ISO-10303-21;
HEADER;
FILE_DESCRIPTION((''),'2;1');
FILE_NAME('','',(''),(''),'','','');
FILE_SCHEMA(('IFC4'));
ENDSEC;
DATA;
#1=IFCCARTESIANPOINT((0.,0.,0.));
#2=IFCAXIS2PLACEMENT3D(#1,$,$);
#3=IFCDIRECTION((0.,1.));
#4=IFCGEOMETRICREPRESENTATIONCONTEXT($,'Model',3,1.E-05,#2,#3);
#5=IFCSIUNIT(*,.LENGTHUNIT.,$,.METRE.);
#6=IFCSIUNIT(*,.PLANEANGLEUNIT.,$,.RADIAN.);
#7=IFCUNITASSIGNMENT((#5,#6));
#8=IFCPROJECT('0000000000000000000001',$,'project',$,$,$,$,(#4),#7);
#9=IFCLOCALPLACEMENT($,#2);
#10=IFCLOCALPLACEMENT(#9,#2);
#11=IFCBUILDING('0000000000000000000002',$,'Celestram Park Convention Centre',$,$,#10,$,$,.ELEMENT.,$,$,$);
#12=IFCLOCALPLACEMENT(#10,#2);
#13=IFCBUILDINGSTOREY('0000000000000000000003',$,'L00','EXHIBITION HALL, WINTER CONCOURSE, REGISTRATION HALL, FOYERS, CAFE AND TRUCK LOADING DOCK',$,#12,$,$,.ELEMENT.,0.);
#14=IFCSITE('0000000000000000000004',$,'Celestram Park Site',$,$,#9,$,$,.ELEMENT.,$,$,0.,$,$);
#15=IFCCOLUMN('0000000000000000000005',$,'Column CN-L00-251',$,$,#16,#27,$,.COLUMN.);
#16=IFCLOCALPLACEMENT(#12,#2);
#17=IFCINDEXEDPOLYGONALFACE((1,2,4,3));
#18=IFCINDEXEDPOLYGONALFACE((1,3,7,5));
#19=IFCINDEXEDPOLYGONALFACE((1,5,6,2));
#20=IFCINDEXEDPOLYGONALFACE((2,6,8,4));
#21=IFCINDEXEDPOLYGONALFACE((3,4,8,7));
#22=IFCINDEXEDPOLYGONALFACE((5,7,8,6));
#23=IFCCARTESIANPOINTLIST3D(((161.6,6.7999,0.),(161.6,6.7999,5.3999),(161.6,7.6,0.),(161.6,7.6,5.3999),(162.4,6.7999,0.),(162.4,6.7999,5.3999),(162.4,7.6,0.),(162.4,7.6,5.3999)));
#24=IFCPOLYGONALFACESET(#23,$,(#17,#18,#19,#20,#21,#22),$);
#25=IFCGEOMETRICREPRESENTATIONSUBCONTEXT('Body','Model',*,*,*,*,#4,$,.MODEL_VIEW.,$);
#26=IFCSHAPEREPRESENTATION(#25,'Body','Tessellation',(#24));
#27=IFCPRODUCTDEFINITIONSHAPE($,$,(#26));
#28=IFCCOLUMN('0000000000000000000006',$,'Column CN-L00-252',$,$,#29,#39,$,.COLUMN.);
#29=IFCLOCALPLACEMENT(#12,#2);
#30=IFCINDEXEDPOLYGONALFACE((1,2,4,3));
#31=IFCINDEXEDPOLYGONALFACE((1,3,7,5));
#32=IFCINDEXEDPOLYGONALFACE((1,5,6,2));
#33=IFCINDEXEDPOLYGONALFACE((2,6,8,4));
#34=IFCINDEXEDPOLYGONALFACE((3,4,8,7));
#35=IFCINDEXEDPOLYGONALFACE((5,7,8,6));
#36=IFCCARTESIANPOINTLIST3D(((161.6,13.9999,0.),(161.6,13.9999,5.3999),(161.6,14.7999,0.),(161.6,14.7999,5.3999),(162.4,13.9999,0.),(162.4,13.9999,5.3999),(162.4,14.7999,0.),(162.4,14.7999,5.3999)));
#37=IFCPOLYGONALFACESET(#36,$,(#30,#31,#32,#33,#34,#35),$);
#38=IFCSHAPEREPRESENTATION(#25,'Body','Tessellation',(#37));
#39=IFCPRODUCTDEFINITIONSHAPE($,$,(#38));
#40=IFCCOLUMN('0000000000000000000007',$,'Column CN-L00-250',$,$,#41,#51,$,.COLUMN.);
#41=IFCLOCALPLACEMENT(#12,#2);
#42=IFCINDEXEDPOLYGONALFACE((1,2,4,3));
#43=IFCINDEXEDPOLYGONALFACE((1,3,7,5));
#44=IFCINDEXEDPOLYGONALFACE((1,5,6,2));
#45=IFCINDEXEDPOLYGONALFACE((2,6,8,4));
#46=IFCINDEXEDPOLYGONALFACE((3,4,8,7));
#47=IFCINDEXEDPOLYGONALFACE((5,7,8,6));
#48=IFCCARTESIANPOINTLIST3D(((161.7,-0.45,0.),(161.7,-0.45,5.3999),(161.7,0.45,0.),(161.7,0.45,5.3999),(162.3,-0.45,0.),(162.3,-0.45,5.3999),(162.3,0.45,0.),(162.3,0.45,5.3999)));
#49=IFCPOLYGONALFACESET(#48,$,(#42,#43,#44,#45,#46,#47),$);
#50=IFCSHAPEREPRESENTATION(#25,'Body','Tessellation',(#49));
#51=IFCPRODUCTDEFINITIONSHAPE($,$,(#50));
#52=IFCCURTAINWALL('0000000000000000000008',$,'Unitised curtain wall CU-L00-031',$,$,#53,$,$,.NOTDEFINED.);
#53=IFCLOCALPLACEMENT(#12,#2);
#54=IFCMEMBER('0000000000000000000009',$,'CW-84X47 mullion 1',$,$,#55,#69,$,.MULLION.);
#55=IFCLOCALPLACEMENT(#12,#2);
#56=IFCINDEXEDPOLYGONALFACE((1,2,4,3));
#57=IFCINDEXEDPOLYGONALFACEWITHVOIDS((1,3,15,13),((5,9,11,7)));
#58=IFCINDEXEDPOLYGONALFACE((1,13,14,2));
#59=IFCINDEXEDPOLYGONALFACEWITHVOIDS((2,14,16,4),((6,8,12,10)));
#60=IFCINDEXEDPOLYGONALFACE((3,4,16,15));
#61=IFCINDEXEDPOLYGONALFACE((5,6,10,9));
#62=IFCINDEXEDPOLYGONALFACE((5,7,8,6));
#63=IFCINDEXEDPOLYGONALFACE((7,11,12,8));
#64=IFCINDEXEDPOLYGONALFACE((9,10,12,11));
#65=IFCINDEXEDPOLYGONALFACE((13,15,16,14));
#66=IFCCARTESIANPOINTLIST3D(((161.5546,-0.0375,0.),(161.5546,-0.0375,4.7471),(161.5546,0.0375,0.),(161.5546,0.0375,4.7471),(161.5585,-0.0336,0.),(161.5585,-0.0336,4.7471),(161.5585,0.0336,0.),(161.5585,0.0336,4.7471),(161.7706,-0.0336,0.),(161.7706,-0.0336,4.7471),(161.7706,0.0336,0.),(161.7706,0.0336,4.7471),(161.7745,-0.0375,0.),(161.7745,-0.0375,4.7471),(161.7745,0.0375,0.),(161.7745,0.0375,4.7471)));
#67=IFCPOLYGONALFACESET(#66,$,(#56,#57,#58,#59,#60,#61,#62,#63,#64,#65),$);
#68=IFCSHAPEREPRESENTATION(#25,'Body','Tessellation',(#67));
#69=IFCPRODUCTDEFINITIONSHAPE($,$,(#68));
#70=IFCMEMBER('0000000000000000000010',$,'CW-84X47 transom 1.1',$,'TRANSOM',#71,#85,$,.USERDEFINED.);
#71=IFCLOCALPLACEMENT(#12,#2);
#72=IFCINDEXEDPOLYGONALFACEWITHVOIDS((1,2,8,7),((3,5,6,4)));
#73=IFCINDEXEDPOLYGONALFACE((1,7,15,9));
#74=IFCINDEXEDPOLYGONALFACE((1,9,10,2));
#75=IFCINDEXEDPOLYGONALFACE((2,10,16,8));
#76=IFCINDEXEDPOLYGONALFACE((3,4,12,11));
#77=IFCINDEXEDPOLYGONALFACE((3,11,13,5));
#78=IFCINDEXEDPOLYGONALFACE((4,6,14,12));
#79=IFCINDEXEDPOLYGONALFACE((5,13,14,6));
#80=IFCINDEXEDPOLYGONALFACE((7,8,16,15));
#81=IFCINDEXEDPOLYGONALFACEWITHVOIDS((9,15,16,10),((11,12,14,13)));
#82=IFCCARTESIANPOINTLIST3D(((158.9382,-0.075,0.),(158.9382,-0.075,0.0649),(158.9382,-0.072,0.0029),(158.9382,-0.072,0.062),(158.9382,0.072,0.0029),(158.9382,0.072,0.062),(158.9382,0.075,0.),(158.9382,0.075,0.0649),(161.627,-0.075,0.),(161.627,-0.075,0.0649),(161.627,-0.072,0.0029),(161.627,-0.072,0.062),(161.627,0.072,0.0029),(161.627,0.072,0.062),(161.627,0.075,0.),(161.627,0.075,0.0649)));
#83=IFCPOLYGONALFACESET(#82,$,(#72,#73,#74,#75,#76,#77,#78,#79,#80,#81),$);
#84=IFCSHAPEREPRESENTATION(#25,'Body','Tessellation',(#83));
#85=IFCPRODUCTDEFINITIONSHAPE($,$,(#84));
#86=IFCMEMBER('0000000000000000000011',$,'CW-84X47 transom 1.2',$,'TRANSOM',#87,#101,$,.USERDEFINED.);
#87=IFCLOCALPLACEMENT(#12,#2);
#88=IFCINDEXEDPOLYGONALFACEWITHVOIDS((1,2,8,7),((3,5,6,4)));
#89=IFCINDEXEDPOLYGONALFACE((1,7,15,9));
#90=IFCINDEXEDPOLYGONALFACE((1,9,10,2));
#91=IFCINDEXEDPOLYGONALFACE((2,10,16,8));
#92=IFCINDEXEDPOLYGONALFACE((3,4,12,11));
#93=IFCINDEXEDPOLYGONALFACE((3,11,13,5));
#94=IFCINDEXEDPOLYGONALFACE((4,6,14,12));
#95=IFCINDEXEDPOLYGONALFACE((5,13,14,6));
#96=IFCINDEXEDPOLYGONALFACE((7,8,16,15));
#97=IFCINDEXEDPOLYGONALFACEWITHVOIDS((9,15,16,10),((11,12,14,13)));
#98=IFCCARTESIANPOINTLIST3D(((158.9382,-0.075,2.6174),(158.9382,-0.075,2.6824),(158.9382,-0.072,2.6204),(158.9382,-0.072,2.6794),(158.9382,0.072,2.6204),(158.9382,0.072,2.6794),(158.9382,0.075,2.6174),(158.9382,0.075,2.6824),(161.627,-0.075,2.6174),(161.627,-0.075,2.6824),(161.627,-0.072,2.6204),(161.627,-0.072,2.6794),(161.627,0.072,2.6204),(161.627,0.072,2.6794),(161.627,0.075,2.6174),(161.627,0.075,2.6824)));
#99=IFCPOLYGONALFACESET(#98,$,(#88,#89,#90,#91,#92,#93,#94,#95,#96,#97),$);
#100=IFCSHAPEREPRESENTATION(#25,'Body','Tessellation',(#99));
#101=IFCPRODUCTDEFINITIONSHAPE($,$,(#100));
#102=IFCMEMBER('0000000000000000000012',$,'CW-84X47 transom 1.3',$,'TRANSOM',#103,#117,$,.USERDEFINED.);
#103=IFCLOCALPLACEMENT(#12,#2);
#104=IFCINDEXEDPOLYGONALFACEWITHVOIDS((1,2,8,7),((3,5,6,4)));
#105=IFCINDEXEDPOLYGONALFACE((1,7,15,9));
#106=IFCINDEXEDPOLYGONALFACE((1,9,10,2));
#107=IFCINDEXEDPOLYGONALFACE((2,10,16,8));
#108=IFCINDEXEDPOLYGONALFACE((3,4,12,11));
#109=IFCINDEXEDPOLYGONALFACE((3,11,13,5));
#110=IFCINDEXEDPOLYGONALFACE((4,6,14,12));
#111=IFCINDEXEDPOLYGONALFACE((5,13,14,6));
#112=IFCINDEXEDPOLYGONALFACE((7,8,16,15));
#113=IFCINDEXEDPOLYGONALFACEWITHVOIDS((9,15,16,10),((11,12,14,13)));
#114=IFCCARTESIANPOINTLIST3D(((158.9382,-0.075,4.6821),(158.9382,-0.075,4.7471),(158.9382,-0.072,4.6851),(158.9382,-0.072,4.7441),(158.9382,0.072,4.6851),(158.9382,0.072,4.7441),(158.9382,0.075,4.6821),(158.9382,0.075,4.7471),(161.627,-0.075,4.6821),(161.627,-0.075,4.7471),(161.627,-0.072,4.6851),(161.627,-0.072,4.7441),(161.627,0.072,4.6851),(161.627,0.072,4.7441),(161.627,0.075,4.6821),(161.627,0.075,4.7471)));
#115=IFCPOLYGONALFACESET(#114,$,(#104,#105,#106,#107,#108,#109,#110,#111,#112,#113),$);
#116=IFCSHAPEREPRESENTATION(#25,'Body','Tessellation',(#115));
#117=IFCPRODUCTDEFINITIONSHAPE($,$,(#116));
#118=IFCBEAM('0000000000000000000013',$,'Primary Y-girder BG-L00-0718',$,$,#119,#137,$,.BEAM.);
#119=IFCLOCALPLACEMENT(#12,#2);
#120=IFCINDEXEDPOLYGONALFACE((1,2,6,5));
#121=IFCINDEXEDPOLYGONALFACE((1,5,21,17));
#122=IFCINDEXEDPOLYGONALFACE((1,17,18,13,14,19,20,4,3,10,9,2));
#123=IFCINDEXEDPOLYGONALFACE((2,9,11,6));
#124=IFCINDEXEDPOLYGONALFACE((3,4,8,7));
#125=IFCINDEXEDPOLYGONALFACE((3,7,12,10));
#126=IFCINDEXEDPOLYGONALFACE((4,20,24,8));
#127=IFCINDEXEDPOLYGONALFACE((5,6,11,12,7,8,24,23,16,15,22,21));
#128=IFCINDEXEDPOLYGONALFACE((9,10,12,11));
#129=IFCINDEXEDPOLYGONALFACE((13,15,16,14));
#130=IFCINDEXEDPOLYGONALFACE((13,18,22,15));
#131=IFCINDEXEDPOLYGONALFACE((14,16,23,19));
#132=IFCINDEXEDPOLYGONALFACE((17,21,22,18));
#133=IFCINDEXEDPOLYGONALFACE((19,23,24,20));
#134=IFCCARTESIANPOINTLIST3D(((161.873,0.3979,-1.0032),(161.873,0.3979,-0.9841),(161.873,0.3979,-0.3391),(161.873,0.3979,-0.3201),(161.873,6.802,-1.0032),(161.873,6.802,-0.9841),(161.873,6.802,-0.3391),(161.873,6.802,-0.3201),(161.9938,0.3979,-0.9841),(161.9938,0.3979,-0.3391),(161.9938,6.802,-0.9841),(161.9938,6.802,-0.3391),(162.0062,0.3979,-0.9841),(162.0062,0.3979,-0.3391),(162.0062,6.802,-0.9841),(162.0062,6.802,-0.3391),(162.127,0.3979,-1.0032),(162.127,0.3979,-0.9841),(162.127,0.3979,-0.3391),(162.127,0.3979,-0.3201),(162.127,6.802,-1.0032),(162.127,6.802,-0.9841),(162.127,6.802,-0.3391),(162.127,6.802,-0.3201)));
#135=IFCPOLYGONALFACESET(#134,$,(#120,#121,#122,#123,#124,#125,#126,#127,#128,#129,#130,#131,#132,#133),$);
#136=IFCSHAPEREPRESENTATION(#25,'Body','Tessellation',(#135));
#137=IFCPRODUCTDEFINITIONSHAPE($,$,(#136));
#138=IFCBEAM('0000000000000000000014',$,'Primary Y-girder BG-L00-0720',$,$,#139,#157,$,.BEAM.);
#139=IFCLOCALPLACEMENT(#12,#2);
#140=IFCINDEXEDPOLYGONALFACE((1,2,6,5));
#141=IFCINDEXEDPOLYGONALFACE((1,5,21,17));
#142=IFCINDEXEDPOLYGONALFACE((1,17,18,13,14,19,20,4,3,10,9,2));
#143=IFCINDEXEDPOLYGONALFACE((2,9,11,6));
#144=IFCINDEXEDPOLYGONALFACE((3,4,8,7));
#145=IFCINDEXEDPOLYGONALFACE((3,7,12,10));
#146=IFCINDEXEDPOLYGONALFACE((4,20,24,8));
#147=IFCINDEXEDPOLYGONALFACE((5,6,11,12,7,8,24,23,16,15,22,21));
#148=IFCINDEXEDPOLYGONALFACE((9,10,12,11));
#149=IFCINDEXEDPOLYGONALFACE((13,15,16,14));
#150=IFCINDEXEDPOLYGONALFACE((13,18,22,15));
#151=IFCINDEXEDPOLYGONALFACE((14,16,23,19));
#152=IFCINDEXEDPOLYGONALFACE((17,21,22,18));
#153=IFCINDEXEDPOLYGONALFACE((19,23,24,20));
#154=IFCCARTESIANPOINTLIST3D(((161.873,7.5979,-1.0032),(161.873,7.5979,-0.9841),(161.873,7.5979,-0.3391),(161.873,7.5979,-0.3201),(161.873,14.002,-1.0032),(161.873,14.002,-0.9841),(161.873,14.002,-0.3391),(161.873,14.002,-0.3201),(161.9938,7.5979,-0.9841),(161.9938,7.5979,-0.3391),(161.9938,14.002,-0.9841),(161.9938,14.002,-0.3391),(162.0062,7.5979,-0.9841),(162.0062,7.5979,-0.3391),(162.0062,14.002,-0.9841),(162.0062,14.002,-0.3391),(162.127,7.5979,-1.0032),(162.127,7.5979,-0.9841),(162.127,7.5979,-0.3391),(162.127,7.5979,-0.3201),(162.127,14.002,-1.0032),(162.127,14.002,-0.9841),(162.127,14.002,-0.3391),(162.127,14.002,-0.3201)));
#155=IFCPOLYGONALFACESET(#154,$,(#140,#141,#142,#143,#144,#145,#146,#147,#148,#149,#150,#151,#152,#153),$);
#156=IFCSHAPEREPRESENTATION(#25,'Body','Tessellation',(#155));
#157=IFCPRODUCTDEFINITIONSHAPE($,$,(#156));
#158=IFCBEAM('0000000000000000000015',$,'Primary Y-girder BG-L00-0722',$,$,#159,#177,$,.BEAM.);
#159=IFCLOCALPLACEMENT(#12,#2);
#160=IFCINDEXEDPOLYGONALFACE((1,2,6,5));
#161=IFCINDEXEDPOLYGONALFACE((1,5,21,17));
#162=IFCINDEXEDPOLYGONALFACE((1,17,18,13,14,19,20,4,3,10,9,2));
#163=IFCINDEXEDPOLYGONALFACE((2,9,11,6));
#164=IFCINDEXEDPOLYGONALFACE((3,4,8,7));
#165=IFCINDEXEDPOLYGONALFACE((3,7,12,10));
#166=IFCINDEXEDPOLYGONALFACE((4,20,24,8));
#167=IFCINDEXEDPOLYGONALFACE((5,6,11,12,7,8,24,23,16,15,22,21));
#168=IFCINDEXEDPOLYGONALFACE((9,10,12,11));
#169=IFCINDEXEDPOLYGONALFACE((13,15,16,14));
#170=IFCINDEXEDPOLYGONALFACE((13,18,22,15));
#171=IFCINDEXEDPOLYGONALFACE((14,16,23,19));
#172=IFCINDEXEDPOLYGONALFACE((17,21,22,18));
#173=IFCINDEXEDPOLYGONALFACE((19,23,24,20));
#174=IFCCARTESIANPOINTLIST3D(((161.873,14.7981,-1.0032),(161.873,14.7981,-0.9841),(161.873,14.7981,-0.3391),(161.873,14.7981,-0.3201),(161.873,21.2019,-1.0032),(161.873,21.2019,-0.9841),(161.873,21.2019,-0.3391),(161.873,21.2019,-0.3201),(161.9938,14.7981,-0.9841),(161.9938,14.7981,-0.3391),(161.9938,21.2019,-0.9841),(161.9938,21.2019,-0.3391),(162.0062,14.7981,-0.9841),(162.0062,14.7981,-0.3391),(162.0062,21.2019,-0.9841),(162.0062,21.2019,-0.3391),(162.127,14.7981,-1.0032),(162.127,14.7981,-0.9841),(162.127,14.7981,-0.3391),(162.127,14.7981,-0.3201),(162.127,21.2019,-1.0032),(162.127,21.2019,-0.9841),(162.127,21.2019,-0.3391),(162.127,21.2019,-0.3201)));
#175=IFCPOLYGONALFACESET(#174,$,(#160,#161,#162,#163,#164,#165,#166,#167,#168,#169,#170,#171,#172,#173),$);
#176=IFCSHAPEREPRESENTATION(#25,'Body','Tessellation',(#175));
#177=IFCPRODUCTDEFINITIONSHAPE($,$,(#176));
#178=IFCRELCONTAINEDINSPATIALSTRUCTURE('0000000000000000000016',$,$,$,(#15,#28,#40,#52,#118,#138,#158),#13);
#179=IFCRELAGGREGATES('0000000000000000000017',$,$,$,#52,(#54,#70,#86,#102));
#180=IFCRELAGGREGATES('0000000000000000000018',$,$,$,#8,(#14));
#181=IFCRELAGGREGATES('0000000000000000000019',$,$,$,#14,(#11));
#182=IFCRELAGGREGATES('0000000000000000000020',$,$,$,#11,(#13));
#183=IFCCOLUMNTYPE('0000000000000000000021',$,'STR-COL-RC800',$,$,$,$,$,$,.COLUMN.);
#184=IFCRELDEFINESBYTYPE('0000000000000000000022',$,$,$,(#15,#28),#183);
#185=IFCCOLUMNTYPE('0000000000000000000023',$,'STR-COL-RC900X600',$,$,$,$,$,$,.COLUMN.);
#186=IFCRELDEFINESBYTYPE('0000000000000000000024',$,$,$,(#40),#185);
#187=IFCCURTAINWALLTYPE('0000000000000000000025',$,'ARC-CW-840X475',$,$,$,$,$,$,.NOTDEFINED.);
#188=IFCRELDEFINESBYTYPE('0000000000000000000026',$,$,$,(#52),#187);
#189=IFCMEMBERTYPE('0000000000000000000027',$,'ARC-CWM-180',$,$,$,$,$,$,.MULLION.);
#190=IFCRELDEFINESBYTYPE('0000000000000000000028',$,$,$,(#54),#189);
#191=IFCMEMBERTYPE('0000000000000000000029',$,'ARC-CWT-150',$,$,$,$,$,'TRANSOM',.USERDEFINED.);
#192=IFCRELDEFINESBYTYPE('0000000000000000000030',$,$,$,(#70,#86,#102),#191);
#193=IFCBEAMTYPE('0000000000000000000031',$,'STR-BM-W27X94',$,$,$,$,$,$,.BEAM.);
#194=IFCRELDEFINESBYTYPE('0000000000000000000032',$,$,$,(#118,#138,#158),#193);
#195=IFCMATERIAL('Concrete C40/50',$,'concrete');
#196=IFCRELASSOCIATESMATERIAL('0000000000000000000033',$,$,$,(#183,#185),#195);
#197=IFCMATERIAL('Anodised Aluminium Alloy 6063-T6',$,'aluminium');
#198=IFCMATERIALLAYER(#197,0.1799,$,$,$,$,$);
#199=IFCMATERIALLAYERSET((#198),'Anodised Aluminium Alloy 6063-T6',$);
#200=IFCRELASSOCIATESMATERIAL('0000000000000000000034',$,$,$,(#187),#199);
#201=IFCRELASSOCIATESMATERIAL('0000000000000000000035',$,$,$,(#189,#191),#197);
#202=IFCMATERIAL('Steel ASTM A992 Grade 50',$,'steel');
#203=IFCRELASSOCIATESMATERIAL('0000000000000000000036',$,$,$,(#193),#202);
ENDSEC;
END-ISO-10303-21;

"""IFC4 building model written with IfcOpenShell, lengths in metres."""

from ifc_helpers import new_model, si_unit, direction, frame, origin, origin_2d, place, context, subcontext, project, spatial, rectangle, hollow_rectangle, i_section, extrude, material, layer, layer_set, material_profile, profile_set, type_object, element, aggregate, save


model = new_model("IFC4")

# Units and contexts
model_context = context("Model", 3, precision=1e-05, world=origin(), true_north=direction((0.0, 1.0)))
body_context = subcontext(model_context, "Body", "Model", "MODEL_VIEW")
ifc_project = project(units=[si_unit("LENGTHUNIT", "METRE"), si_unit("PLANEANGLEUNIT", "RADIAN")], contexts=[model_context])

# Site, building, storey
site_placement = place(None, origin())
site = spatial("IfcSite", under=ifc_project, at=site_placement, Name="Celestram Park Site", CompositionType="ELEMENT", RefElevation=0.0)
building_placement = place(site_placement, origin())
building = spatial("IfcBuilding", under=site, at=building_placement, Name="Celestram Park Convention Centre", CompositionType="ELEMENT")
storey_placement = place(building_placement, origin())
storey = spatial("IfcBuildingStorey", under=building, at=storey_placement, Name="L00", Description="EXHIBITION HALL, WINTER CONCOURSE, REGISTRATION HALL, FOYERS, CAFE AND TRUCK LOADING DOCK", CompositionType="ELEMENT", Elevation=0.0)

# Columns
ifc_material_1 = material(Name="Concrete C40/50", Category="concrete")
ifc_material_profile_1 = material_profile(ifc_material_1, rectangle(XDim=0.8, YDim=0.8, at=origin_2d()), Name="RC800X800")
ifc_profile_set_1 = profile_set([ifc_material_profile_1], Name="Concrete C40/50")
column_type_1 = type_object("IfcColumnType", Name="STR-COL-RC800", PredefinedType="COLUMN", material=ifc_profile_set_1)
for number, where, z_axis, x_axis, name in (
    (1, (162.0, 7.2, 0.0), (0.0, 0.0, 1.0), (1.0, 0.0, 0.0), "Column CN-L00-251"),
    (2, (162.0, 14.3999, 0.0), (0.0, 0.0, 1.0), (1.0, 0.0, 0.0), "Column CN-L00-252"),
):
    element("IfcColumn", number, at=place(storey_placement, frame(where, z_axis=z_axis, x_axis=x_axis)), inside=storey, type_object=column_type_1, Name=name, PredefinedType="COLUMN", context=body_context, shape_type="SweptSolid", body=[
        extrude(rectangle(XDim=0.8, YDim=0.8, at=origin_2d()), origin(), (0.0, 0.0, 1.0), 5.3999),
    ])
ifc_material_profile_2 = material_profile(ifc_material_1, rectangle(XDim=0.6001, YDim=0.8999, at=origin_2d()), Name="RC900X600")
ifc_profile_set_2 = profile_set([ifc_material_profile_2], Name="Concrete C40/50")
column_type_2 = type_object("IfcColumnType", Name="STR-COL-RC900X600", PredefinedType="COLUMN", material=ifc_profile_set_2)
column_placement = place(storey_placement, frame((162.0, 0.0, 0.0), z_axis=(0.0, 0.0, 1.0), x_axis=(1.0, 0.0, 0.0)))
element("IfcColumn", 3, at=column_placement, inside=storey, type_object=column_type_2, Name="Column CN-L00-250", PredefinedType="COLUMN", context=body_context, shape_type="SweptSolid", body=[
    extrude(rectangle(XDim=0.6001, YDim=0.8999, at=origin_2d()), origin(), (0.0, 0.0, 1.0), 5.3999),
])

# Curtain wall, members
ifc_material_2 = material(Name="Anodised Aluminium Alloy 6063-T6", Category="aluminium")
ifc_layer_1 = layer(ifc_material_2, 0.1799)
ifc_layer_set_1 = layer_set([ifc_layer_1], Name="Anodised Aluminium Alloy 6063-T6")
curtain_wall_type = type_object("IfcCurtainWallType", Name="ARC-CW-840X475", PredefinedType="NOTDEFINED", material=ifc_layer_set_1)
curtain_wall_placement = place(storey_placement, origin())
curtain_wall = element("IfcCurtainWall", 4, at=curtain_wall_placement, inside=storey, type_object=curtain_wall_type, Name="Unitised curtain wall CU-L00-031", PredefinedType="NOTDEFINED")
ifc_material_profile_3 = material_profile(ifc_material_2, hollow_rectangle(XDim=0.075, YDim=0.22, WallThickness=0.0039, at=origin_2d()), Name="ALU75X220X4")
ifc_profile_set_3 = profile_set([ifc_material_profile_3], Name="Anodised Aluminium Alloy 6063-T6")
member_type_1 = type_object("IfcMemberType", Name="ARC-CWM-180", PredefinedType="MULLION", material=ifc_profile_set_3)
member_1_placement = place(storey_placement, frame((161.6646, 0.0, 0.0), z_axis=(0.0, 0.0, 1.0), x_axis=(0.0, -1.0, 0.0)))
member_1 = element("IfcMember", 5, at=member_1_placement, type_object=member_type_1, Name="CW-84X47 mullion 1", PredefinedType="MULLION", context=body_context, shape_type="SweptSolid", body=[
    extrude(hollow_rectangle(XDim=0.075, YDim=0.22, WallThickness=0.0039, at=origin_2d()), origin(), (0.0, 0.0, 1.0), 4.7471),
])
ifc_material_profile_4 = material_profile(ifc_material_2, hollow_rectangle(XDim=0.1499, YDim=0.0649, WallThickness=0.0029, at=origin_2d()), Name="ALU150X65X3")
ifc_profile_set_4 = profile_set([ifc_material_profile_4], Name="Anodised Aluminium Alloy 6063-T6")
member_type_2 = type_object("IfcMemberType", Name="ARC-CWT-150", ElementType="TRANSOM", PredefinedType="USERDEFINED", material=ifc_profile_set_4)
member_2_placement = place(storey_placement, frame((161.627, 0.0, 0.0325), z_axis=(-1.0, 0.0, 0.0), x_axis=(0.0, -1.0, 0.0)))
member_2 = element("IfcMember", 6, at=member_2_placement, type_object=member_type_2, Name="CW-84X47 transom 1.1", ObjectType="TRANSOM", PredefinedType="USERDEFINED", context=body_context, shape_type="SweptSolid", body=[
    extrude(hollow_rectangle(XDim=0.1499, YDim=0.0649, WallThickness=0.0029, at=origin_2d()), origin(), (0.0, 0.0, 1.0), 2.6887),
])
member_3_placement = place(storey_placement, frame((161.627, 0.0, 2.6499), z_axis=(-1.0, 0.0, 0.0), x_axis=(0.0, -1.0, 0.0)))
member_3 = element("IfcMember", 7, at=member_3_placement, type_object=member_type_2, Name="CW-84X47 transom 1.2", ObjectType="TRANSOM", PredefinedType="USERDEFINED", context=body_context, shape_type="SweptSolid", body=[
    extrude(hollow_rectangle(XDim=0.1499, YDim=0.0649, WallThickness=0.0029, at=origin_2d()), origin(), (0.0, 0.0, 1.0), 2.6887),
])
member_4_placement = place(storey_placement, frame((161.627, 0.0, 4.7146), z_axis=(-1.0, 0.0, 0.0), x_axis=(0.0, -1.0, 0.0)))
member_4 = element("IfcMember", 8, at=member_4_placement, type_object=member_type_2, Name="CW-84X47 transom 1.3", ObjectType="TRANSOM", PredefinedType="USERDEFINED", context=body_context, shape_type="SweptSolid", body=[
    extrude(hollow_rectangle(XDim=0.1499, YDim=0.0649, WallThickness=0.0029, at=origin_2d()), origin(), (0.0, 0.0, 1.0), 2.6887),
])

# Beams
ifc_material_3 = material(Name="Steel ASTM A992 Grade 50", Category="steel")
ifc_material_profile_5 = material_profile(ifc_material_3, i_section(OverallWidth=0.2539, OverallDepth=0.6831, WebThickness=0.0125, FlangeThickness=0.019, at=origin_2d()), Name="W27X94")
ifc_profile_set_5 = profile_set([ifc_material_profile_5], Name="Steel ASTM A992 Grade 50")
beam_type = type_object("IfcBeamType", Name="STR-BM-W27X94", PredefinedType="BEAM", material=ifc_profile_set_5)
for number, where, z_axis, x_axis, name in (
    (9, (162.0, 0.3979, -0.6616), (0.0, 1.0, 0.0), (-1.0, 0.0, 0.0), "Primary Y-girder BG-L00-0718"),
    (10, (162.0, 7.5979, -0.6616), (0.0, 1.0, 0.0), (-1.0, 0.0, 0.0), "Primary Y-girder BG-L00-0720"),
):
    element("IfcBeam", number, at=place(storey_placement, frame(where, z_axis=z_axis, x_axis=x_axis)), inside=storey, type_object=beam_type, Name=name, PredefinedType="BEAM", context=body_context, shape_type="SweptSolid", body=[
        extrude(i_section(OverallWidth=0.2539, OverallDepth=0.6831, WebThickness=0.0125, FlangeThickness=0.019, at=origin_2d()), origin(), (0.0, 0.0, 1.0), 6.4041),
    ])
beam_placement = place(storey_placement, frame((162.0, 14.7981, -0.6616), z_axis=(0.0, 1.0, 0.0), x_axis=(-1.0, 0.0, 0.0)))
element("IfcBeam", 11, at=beam_placement, inside=storey, type_object=beam_type, Name="Primary Y-girder BG-L00-0722", PredefinedType="BEAM", context=body_context, shape_type="SweptSolid", body=[
    extrude(i_section(OverallWidth=0.2539, OverallDepth=0.6831, WebThickness=0.0125, FlangeThickness=0.019, at=origin_2d()), origin(), (0.0, 0.0, 1.0), 6.4038),
])

aggregate(curtain_wall, [member_1, member_2, member_3, member_4])

save(model, "model.ifc")
